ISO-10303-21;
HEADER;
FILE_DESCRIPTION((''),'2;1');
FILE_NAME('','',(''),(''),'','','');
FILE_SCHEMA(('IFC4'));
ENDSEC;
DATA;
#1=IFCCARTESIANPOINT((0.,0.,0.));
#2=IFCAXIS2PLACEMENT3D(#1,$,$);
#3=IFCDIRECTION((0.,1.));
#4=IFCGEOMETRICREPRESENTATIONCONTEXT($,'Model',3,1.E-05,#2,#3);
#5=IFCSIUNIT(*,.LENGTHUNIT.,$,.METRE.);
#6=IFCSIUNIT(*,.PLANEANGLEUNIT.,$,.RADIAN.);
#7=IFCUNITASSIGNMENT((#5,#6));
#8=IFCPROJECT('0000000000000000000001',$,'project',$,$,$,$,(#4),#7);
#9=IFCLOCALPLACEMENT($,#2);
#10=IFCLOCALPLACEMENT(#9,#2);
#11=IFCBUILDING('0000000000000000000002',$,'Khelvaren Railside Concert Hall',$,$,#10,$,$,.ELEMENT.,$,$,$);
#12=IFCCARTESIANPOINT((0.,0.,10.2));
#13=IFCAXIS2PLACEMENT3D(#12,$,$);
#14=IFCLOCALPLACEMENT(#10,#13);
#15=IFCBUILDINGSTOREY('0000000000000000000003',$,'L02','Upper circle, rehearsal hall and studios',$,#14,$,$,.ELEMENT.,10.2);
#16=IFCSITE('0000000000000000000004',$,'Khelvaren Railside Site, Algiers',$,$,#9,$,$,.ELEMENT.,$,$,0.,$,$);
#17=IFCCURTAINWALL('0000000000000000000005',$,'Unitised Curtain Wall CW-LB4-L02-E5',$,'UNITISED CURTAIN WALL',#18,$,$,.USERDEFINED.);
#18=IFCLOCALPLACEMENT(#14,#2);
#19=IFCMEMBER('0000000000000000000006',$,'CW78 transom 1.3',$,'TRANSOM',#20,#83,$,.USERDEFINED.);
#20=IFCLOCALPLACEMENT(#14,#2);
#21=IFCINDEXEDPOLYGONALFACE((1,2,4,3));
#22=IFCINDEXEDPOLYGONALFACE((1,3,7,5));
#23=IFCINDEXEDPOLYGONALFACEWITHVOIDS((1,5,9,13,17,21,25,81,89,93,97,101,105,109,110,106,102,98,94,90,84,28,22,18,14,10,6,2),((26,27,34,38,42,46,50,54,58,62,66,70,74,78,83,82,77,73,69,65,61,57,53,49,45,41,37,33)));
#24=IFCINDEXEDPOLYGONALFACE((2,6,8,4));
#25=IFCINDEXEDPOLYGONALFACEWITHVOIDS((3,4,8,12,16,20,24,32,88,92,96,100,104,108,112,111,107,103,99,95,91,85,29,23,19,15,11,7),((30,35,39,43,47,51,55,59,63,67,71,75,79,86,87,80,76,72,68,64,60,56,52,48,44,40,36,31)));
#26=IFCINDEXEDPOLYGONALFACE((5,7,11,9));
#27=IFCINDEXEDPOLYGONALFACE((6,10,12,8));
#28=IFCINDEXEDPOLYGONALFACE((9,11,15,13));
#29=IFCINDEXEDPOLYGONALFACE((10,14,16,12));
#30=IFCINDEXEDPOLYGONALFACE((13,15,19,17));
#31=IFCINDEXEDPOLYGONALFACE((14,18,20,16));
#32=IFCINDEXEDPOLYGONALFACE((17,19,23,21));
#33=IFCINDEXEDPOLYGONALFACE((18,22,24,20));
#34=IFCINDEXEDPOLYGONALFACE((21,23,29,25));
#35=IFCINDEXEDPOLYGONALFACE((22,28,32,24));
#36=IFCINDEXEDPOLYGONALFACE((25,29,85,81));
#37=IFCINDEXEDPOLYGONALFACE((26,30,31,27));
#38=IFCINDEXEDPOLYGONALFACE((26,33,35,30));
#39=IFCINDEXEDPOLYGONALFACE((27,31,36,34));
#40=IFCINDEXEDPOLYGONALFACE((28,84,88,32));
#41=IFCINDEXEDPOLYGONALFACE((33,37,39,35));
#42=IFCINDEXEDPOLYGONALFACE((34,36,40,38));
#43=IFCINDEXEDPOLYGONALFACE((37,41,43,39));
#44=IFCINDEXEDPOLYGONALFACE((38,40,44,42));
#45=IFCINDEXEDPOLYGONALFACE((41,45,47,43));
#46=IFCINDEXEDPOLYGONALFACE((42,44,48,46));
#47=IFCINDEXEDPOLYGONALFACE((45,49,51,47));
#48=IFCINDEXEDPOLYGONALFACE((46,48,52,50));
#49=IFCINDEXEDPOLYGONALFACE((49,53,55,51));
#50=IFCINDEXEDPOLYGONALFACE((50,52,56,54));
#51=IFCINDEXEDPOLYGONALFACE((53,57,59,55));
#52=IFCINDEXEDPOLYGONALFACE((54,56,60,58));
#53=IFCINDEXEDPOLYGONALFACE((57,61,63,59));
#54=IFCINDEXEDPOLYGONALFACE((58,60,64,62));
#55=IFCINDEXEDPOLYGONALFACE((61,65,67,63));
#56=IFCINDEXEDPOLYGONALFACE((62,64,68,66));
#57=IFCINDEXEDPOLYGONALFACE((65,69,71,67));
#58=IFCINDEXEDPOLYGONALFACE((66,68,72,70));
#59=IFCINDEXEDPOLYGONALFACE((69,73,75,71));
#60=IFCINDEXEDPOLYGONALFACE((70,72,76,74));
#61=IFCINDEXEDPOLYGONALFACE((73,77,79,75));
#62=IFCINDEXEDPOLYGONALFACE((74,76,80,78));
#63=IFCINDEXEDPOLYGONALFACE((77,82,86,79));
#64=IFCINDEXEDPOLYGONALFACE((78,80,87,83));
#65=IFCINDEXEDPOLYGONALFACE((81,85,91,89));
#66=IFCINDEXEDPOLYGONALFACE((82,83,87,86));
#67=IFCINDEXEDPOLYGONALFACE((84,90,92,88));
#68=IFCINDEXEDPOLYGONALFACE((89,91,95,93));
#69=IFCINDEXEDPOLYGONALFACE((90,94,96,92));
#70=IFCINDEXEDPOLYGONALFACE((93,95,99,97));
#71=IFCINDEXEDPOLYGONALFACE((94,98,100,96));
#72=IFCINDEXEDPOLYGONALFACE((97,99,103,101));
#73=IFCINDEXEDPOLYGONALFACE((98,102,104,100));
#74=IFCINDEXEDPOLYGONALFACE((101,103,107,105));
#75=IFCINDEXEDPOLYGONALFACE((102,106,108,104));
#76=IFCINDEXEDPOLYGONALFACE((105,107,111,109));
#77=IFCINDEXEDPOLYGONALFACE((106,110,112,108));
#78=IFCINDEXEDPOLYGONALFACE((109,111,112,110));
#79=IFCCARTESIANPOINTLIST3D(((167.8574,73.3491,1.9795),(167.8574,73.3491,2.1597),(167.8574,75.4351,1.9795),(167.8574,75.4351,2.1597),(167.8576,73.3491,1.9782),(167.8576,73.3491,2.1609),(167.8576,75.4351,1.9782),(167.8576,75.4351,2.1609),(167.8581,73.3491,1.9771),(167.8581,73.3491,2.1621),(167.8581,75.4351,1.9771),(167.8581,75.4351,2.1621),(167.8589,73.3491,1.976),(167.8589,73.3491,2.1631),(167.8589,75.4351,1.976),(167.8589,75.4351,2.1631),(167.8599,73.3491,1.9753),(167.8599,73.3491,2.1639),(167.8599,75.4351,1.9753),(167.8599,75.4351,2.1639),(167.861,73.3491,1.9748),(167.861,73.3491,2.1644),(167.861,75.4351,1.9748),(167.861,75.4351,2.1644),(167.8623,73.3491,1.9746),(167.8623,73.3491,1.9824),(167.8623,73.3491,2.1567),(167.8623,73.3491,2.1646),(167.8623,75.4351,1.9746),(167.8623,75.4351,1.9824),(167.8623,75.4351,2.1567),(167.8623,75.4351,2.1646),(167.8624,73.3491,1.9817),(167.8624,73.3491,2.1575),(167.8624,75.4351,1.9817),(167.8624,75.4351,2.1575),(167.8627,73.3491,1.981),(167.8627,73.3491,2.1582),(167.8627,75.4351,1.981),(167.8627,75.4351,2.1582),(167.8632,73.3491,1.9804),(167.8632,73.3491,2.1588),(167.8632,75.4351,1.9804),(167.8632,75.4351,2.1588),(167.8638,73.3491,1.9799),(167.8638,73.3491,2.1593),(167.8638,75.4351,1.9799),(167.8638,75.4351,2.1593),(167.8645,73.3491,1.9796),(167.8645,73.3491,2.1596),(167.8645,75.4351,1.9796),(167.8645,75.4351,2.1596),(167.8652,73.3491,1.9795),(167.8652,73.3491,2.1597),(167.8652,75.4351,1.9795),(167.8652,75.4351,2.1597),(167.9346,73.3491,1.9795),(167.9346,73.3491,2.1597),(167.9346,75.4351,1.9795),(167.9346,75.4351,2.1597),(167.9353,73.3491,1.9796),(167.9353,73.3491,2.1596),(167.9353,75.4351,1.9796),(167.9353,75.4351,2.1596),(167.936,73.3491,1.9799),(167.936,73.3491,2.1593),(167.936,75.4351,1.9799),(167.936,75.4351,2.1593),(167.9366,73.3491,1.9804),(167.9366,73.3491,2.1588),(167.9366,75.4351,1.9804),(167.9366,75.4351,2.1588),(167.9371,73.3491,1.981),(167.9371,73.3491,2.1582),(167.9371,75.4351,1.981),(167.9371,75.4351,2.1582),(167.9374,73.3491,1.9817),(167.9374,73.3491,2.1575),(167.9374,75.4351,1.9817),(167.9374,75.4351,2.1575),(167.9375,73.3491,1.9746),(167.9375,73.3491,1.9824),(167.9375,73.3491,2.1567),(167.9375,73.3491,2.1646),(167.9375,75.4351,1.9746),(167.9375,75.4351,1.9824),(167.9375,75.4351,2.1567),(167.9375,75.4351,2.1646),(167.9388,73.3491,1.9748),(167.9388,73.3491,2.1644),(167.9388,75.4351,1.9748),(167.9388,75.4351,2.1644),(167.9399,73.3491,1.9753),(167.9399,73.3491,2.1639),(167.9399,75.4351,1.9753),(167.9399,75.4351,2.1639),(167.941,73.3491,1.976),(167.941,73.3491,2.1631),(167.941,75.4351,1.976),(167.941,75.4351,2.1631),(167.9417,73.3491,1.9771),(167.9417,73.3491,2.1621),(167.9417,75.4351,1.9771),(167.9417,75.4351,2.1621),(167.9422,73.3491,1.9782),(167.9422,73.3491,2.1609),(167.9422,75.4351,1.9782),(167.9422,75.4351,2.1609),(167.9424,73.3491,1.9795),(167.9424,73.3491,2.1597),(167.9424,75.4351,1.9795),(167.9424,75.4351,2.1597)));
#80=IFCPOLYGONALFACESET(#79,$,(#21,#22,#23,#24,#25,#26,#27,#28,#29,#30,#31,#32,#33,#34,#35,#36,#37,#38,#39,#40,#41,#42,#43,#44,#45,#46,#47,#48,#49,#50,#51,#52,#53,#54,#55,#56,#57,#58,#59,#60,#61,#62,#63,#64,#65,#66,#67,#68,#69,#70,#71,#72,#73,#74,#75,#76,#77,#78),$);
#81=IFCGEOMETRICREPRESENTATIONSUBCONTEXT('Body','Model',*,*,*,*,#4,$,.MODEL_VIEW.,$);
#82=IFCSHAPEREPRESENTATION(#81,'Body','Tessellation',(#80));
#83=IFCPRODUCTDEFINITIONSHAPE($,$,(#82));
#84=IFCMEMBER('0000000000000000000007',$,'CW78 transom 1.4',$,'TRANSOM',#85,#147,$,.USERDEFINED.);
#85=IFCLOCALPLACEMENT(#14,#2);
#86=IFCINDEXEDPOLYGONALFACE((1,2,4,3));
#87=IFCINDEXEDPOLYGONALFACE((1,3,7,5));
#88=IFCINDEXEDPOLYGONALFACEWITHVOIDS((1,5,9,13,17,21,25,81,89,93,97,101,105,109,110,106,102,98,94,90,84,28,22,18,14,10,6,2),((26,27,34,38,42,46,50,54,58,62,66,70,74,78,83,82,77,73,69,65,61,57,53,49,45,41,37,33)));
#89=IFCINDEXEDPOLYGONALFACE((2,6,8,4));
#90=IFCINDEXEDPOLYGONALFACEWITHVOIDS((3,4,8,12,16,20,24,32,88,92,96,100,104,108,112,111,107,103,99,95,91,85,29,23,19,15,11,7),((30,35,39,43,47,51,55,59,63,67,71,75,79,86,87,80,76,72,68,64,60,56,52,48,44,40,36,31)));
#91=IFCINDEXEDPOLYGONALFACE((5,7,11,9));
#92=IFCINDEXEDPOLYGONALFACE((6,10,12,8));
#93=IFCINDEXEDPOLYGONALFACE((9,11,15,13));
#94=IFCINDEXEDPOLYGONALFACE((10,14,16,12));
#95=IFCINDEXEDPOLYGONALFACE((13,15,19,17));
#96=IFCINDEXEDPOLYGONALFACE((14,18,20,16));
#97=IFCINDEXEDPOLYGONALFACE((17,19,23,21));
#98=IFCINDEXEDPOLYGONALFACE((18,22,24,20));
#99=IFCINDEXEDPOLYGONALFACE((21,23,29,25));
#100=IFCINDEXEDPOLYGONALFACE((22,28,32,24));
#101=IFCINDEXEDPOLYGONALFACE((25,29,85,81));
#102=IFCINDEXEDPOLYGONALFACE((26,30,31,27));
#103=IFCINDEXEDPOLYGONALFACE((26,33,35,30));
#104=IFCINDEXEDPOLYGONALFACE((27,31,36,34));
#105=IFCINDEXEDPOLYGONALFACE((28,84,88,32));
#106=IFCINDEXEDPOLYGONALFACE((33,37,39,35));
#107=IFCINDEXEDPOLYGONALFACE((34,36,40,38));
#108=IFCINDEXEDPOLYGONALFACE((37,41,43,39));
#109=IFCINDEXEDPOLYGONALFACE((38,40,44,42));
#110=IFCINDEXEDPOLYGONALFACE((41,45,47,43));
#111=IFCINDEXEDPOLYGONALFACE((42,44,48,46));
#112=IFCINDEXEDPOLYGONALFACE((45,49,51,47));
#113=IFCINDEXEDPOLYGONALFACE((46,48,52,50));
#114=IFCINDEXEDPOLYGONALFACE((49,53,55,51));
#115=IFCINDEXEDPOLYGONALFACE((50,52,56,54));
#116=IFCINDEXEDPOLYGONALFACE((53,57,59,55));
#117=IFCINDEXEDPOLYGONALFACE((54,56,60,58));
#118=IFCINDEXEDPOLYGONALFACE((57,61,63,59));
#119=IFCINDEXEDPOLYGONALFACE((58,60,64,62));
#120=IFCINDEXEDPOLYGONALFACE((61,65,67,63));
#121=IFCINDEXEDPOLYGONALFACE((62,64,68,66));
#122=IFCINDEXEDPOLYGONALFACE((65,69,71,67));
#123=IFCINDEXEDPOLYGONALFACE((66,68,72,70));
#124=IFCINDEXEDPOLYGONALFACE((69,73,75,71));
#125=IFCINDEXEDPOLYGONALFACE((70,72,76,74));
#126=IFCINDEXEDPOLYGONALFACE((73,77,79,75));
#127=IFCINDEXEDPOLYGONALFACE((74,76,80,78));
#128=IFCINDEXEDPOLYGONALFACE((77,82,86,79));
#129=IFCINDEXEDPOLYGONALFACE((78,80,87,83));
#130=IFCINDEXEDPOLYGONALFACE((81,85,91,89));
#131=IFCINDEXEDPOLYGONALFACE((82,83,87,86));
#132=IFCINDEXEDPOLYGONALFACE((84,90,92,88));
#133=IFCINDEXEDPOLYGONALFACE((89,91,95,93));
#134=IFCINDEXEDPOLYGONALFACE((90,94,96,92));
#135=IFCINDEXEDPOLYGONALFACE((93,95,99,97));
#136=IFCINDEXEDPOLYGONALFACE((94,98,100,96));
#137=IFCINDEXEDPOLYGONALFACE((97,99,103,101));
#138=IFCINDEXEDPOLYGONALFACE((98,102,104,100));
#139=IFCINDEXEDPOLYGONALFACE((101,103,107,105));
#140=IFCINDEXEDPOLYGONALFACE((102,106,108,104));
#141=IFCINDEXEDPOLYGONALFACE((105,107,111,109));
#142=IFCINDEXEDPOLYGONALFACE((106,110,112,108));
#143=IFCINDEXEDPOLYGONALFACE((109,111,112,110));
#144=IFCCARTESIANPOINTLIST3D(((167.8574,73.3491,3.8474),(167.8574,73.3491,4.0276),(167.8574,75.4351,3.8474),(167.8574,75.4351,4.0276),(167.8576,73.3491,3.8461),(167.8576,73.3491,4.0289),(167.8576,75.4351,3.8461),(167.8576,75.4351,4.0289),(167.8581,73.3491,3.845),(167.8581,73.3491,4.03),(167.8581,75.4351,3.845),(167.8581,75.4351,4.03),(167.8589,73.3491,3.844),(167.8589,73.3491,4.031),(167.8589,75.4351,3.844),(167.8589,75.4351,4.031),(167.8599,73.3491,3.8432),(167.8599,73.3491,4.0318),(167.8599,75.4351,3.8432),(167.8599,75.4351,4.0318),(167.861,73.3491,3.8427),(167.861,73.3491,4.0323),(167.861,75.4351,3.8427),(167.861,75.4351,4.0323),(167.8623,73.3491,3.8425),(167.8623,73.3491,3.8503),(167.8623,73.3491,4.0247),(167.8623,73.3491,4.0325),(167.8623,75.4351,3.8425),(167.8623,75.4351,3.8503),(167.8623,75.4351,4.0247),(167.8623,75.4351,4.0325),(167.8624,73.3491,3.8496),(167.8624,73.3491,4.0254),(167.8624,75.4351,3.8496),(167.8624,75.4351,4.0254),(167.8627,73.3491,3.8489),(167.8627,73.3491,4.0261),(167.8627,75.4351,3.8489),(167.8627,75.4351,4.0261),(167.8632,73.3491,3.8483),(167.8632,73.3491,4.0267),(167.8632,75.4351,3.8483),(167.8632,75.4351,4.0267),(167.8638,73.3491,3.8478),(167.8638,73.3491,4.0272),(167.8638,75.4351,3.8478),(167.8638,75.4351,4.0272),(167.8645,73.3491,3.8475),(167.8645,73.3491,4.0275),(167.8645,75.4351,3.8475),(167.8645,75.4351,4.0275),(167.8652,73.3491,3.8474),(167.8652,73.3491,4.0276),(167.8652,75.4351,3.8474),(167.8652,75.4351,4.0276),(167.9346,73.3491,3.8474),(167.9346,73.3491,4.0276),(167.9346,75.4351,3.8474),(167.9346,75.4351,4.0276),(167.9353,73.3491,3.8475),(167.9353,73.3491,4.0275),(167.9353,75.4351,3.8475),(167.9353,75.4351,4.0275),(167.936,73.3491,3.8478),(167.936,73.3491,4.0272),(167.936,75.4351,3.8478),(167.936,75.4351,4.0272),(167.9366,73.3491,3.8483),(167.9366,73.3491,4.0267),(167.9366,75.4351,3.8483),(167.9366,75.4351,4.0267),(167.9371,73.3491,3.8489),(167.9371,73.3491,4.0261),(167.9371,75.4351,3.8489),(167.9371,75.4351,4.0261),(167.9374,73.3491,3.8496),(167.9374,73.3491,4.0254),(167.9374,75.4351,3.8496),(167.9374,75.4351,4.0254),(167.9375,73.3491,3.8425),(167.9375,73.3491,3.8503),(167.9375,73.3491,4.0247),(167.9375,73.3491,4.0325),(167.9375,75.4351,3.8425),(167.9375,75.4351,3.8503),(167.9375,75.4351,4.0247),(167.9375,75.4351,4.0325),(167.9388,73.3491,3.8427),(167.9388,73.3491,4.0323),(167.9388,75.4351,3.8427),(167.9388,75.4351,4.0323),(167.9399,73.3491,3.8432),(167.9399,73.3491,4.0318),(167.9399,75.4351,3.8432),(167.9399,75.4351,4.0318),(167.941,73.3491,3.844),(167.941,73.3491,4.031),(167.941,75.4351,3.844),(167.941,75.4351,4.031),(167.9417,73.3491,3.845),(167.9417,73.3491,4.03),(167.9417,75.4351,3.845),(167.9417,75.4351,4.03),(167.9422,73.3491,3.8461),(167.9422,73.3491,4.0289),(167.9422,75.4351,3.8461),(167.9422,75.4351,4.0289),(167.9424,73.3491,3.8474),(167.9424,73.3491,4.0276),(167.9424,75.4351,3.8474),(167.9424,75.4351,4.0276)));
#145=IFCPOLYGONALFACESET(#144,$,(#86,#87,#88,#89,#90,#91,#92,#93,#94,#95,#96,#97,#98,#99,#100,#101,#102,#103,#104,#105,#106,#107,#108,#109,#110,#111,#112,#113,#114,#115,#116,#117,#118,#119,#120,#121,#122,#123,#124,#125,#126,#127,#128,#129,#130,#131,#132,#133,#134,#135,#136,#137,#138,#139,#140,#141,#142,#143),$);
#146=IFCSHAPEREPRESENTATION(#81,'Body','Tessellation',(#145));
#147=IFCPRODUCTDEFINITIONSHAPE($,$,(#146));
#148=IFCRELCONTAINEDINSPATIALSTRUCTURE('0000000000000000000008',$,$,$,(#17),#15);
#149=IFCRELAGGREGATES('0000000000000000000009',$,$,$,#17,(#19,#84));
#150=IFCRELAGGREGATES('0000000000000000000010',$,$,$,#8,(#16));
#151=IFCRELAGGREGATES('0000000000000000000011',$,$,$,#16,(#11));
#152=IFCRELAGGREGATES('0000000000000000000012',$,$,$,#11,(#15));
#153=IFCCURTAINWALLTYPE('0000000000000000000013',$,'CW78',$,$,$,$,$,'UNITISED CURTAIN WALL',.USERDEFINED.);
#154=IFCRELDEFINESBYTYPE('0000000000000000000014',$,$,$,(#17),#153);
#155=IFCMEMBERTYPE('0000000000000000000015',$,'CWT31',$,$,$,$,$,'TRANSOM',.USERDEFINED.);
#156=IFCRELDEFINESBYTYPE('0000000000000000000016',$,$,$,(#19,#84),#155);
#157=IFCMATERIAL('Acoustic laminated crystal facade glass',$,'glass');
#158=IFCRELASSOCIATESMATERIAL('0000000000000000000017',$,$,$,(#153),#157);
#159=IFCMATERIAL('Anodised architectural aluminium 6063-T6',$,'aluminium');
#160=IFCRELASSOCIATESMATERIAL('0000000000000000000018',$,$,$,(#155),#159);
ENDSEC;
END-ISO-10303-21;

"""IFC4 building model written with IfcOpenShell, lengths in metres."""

from ifc_helpers import new_model, si_unit, direction, frame, origin, origin_2d, place, context, subcontext, project, spatial, hollow_rectangle, extrude, material, material_profile, profile_set, type_object, element, aggregate, save


model = new_model("IFC4")

# Units and contexts
model_context = context("Model", 3, precision=1e-05, world=origin(), true_north=direction((0.0, 1.0)))
body_context = subcontext(model_context, "Body", "Model", "MODEL_VIEW")
ifc_project = project(units=[si_unit("LENGTHUNIT", "METRE"), si_unit("PLANEANGLEUNIT", "RADIAN")], contexts=[model_context])

# Site, building, storey
site_placement = place(None, origin())
site = spatial("IfcSite", under=ifc_project, at=site_placement, Name="Khelvaren Railside Site, Algiers", CompositionType="ELEMENT", RefElevation=0.0)
building_placement = place(site_placement, origin())
building = spatial("IfcBuilding", under=site, at=building_placement, Name="Khelvaren Railside Concert Hall", CompositionType="ELEMENT")
storey_placement = place(building_placement, frame((0.0, 0.0, 10.2)))
storey = spatial("IfcBuildingStorey", under=building, at=storey_placement, Name="L02", Description="Upper circle, rehearsal hall and studios", CompositionType="ELEMENT", Elevation=10.2)

# Curtain wall
ifc_material_1 = material(Name="Acoustic laminated crystal facade glass", Category="glass")
curtain_wall_type = type_object("IfcCurtainWallType", Name="CW78", ElementType="UNITISED CURTAIN WALL", PredefinedType="USERDEFINED", material=ifc_material_1)
curtain_wall_1_placement = place(storey_placement, origin())
curtain_wall_1 = element("IfcCurtainWall", 1, at=curtain_wall_1_placement, inside=storey, type_object=curtain_wall_type, Name="Unitised Curtain Wall CW-LB4-L02-E5", ObjectType="UNITISED CURTAIN WALL", PredefinedType="USERDEFINED")
ifc_material_2 = material(Name="Anodised architectural aluminium 6063-T6", Category="aluminium")

# Members
ifc_material_profile_1 = material_profile(ifc_material_2, hollow_rectangle(XDim=0.085, YDim=0.1899, WallThickness=0.0049, InnerFilletRadius=0.0029, OuterFilletRadius=0.0049, at=origin_2d()), Name="CWT 85x190x5")
ifc_profile_set_1 = profile_set([ifc_material_profile_1], Name="Anodised architectural aluminium 6063-T6")
member_type_1 = type_object("IfcMemberType", Name="CWT31", ElementType="TRANSOM", PredefinedType="USERDEFINED", material=ifc_profile_set_1)
member_1_placement = place(storey_placement, frame((167.8999, 75.4351, 2.0696), z_axis=(0.0, -1.0, 0.0), x_axis=(1.0, 0.0, 0.0)))
member_1 = element("IfcMember", 2, at=member_1_placement, type_object=member_type_1, Name="CW78 transom 1.3", ObjectType="TRANSOM", PredefinedType="USERDEFINED", context=body_context, shape_type="SweptSolid", body=[
    extrude(hollow_rectangle(XDim=0.085, YDim=0.1899, WallThickness=0.0049, InnerFilletRadius=0.0029, OuterFilletRadius=0.0049, at=origin_2d()), origin(), (0.0, 0.0, 1.0), 2.0859),
])
member_2_placement = place(storey_placement, frame((167.8999, 75.4351, 3.9375), z_axis=(0.0, -1.0, 0.0), x_axis=(1.0, 0.0, 0.0)))
member_2 = element("IfcMember", 3, at=member_2_placement, type_object=member_type_1, Name="CW78 transom 1.4", ObjectType="TRANSOM", PredefinedType="USERDEFINED", context=body_context, shape_type="SweptSolid", body=[
    extrude(hollow_rectangle(XDim=0.085, YDim=0.1899, WallThickness=0.0049, InnerFilletRadius=0.0029, OuterFilletRadius=0.0049, at=origin_2d()), origin(), (0.0, 0.0, 1.0), 2.0859),
])

aggregate(curtain_wall_1, [member_1, member_2])

save(model, "model.ifc")
